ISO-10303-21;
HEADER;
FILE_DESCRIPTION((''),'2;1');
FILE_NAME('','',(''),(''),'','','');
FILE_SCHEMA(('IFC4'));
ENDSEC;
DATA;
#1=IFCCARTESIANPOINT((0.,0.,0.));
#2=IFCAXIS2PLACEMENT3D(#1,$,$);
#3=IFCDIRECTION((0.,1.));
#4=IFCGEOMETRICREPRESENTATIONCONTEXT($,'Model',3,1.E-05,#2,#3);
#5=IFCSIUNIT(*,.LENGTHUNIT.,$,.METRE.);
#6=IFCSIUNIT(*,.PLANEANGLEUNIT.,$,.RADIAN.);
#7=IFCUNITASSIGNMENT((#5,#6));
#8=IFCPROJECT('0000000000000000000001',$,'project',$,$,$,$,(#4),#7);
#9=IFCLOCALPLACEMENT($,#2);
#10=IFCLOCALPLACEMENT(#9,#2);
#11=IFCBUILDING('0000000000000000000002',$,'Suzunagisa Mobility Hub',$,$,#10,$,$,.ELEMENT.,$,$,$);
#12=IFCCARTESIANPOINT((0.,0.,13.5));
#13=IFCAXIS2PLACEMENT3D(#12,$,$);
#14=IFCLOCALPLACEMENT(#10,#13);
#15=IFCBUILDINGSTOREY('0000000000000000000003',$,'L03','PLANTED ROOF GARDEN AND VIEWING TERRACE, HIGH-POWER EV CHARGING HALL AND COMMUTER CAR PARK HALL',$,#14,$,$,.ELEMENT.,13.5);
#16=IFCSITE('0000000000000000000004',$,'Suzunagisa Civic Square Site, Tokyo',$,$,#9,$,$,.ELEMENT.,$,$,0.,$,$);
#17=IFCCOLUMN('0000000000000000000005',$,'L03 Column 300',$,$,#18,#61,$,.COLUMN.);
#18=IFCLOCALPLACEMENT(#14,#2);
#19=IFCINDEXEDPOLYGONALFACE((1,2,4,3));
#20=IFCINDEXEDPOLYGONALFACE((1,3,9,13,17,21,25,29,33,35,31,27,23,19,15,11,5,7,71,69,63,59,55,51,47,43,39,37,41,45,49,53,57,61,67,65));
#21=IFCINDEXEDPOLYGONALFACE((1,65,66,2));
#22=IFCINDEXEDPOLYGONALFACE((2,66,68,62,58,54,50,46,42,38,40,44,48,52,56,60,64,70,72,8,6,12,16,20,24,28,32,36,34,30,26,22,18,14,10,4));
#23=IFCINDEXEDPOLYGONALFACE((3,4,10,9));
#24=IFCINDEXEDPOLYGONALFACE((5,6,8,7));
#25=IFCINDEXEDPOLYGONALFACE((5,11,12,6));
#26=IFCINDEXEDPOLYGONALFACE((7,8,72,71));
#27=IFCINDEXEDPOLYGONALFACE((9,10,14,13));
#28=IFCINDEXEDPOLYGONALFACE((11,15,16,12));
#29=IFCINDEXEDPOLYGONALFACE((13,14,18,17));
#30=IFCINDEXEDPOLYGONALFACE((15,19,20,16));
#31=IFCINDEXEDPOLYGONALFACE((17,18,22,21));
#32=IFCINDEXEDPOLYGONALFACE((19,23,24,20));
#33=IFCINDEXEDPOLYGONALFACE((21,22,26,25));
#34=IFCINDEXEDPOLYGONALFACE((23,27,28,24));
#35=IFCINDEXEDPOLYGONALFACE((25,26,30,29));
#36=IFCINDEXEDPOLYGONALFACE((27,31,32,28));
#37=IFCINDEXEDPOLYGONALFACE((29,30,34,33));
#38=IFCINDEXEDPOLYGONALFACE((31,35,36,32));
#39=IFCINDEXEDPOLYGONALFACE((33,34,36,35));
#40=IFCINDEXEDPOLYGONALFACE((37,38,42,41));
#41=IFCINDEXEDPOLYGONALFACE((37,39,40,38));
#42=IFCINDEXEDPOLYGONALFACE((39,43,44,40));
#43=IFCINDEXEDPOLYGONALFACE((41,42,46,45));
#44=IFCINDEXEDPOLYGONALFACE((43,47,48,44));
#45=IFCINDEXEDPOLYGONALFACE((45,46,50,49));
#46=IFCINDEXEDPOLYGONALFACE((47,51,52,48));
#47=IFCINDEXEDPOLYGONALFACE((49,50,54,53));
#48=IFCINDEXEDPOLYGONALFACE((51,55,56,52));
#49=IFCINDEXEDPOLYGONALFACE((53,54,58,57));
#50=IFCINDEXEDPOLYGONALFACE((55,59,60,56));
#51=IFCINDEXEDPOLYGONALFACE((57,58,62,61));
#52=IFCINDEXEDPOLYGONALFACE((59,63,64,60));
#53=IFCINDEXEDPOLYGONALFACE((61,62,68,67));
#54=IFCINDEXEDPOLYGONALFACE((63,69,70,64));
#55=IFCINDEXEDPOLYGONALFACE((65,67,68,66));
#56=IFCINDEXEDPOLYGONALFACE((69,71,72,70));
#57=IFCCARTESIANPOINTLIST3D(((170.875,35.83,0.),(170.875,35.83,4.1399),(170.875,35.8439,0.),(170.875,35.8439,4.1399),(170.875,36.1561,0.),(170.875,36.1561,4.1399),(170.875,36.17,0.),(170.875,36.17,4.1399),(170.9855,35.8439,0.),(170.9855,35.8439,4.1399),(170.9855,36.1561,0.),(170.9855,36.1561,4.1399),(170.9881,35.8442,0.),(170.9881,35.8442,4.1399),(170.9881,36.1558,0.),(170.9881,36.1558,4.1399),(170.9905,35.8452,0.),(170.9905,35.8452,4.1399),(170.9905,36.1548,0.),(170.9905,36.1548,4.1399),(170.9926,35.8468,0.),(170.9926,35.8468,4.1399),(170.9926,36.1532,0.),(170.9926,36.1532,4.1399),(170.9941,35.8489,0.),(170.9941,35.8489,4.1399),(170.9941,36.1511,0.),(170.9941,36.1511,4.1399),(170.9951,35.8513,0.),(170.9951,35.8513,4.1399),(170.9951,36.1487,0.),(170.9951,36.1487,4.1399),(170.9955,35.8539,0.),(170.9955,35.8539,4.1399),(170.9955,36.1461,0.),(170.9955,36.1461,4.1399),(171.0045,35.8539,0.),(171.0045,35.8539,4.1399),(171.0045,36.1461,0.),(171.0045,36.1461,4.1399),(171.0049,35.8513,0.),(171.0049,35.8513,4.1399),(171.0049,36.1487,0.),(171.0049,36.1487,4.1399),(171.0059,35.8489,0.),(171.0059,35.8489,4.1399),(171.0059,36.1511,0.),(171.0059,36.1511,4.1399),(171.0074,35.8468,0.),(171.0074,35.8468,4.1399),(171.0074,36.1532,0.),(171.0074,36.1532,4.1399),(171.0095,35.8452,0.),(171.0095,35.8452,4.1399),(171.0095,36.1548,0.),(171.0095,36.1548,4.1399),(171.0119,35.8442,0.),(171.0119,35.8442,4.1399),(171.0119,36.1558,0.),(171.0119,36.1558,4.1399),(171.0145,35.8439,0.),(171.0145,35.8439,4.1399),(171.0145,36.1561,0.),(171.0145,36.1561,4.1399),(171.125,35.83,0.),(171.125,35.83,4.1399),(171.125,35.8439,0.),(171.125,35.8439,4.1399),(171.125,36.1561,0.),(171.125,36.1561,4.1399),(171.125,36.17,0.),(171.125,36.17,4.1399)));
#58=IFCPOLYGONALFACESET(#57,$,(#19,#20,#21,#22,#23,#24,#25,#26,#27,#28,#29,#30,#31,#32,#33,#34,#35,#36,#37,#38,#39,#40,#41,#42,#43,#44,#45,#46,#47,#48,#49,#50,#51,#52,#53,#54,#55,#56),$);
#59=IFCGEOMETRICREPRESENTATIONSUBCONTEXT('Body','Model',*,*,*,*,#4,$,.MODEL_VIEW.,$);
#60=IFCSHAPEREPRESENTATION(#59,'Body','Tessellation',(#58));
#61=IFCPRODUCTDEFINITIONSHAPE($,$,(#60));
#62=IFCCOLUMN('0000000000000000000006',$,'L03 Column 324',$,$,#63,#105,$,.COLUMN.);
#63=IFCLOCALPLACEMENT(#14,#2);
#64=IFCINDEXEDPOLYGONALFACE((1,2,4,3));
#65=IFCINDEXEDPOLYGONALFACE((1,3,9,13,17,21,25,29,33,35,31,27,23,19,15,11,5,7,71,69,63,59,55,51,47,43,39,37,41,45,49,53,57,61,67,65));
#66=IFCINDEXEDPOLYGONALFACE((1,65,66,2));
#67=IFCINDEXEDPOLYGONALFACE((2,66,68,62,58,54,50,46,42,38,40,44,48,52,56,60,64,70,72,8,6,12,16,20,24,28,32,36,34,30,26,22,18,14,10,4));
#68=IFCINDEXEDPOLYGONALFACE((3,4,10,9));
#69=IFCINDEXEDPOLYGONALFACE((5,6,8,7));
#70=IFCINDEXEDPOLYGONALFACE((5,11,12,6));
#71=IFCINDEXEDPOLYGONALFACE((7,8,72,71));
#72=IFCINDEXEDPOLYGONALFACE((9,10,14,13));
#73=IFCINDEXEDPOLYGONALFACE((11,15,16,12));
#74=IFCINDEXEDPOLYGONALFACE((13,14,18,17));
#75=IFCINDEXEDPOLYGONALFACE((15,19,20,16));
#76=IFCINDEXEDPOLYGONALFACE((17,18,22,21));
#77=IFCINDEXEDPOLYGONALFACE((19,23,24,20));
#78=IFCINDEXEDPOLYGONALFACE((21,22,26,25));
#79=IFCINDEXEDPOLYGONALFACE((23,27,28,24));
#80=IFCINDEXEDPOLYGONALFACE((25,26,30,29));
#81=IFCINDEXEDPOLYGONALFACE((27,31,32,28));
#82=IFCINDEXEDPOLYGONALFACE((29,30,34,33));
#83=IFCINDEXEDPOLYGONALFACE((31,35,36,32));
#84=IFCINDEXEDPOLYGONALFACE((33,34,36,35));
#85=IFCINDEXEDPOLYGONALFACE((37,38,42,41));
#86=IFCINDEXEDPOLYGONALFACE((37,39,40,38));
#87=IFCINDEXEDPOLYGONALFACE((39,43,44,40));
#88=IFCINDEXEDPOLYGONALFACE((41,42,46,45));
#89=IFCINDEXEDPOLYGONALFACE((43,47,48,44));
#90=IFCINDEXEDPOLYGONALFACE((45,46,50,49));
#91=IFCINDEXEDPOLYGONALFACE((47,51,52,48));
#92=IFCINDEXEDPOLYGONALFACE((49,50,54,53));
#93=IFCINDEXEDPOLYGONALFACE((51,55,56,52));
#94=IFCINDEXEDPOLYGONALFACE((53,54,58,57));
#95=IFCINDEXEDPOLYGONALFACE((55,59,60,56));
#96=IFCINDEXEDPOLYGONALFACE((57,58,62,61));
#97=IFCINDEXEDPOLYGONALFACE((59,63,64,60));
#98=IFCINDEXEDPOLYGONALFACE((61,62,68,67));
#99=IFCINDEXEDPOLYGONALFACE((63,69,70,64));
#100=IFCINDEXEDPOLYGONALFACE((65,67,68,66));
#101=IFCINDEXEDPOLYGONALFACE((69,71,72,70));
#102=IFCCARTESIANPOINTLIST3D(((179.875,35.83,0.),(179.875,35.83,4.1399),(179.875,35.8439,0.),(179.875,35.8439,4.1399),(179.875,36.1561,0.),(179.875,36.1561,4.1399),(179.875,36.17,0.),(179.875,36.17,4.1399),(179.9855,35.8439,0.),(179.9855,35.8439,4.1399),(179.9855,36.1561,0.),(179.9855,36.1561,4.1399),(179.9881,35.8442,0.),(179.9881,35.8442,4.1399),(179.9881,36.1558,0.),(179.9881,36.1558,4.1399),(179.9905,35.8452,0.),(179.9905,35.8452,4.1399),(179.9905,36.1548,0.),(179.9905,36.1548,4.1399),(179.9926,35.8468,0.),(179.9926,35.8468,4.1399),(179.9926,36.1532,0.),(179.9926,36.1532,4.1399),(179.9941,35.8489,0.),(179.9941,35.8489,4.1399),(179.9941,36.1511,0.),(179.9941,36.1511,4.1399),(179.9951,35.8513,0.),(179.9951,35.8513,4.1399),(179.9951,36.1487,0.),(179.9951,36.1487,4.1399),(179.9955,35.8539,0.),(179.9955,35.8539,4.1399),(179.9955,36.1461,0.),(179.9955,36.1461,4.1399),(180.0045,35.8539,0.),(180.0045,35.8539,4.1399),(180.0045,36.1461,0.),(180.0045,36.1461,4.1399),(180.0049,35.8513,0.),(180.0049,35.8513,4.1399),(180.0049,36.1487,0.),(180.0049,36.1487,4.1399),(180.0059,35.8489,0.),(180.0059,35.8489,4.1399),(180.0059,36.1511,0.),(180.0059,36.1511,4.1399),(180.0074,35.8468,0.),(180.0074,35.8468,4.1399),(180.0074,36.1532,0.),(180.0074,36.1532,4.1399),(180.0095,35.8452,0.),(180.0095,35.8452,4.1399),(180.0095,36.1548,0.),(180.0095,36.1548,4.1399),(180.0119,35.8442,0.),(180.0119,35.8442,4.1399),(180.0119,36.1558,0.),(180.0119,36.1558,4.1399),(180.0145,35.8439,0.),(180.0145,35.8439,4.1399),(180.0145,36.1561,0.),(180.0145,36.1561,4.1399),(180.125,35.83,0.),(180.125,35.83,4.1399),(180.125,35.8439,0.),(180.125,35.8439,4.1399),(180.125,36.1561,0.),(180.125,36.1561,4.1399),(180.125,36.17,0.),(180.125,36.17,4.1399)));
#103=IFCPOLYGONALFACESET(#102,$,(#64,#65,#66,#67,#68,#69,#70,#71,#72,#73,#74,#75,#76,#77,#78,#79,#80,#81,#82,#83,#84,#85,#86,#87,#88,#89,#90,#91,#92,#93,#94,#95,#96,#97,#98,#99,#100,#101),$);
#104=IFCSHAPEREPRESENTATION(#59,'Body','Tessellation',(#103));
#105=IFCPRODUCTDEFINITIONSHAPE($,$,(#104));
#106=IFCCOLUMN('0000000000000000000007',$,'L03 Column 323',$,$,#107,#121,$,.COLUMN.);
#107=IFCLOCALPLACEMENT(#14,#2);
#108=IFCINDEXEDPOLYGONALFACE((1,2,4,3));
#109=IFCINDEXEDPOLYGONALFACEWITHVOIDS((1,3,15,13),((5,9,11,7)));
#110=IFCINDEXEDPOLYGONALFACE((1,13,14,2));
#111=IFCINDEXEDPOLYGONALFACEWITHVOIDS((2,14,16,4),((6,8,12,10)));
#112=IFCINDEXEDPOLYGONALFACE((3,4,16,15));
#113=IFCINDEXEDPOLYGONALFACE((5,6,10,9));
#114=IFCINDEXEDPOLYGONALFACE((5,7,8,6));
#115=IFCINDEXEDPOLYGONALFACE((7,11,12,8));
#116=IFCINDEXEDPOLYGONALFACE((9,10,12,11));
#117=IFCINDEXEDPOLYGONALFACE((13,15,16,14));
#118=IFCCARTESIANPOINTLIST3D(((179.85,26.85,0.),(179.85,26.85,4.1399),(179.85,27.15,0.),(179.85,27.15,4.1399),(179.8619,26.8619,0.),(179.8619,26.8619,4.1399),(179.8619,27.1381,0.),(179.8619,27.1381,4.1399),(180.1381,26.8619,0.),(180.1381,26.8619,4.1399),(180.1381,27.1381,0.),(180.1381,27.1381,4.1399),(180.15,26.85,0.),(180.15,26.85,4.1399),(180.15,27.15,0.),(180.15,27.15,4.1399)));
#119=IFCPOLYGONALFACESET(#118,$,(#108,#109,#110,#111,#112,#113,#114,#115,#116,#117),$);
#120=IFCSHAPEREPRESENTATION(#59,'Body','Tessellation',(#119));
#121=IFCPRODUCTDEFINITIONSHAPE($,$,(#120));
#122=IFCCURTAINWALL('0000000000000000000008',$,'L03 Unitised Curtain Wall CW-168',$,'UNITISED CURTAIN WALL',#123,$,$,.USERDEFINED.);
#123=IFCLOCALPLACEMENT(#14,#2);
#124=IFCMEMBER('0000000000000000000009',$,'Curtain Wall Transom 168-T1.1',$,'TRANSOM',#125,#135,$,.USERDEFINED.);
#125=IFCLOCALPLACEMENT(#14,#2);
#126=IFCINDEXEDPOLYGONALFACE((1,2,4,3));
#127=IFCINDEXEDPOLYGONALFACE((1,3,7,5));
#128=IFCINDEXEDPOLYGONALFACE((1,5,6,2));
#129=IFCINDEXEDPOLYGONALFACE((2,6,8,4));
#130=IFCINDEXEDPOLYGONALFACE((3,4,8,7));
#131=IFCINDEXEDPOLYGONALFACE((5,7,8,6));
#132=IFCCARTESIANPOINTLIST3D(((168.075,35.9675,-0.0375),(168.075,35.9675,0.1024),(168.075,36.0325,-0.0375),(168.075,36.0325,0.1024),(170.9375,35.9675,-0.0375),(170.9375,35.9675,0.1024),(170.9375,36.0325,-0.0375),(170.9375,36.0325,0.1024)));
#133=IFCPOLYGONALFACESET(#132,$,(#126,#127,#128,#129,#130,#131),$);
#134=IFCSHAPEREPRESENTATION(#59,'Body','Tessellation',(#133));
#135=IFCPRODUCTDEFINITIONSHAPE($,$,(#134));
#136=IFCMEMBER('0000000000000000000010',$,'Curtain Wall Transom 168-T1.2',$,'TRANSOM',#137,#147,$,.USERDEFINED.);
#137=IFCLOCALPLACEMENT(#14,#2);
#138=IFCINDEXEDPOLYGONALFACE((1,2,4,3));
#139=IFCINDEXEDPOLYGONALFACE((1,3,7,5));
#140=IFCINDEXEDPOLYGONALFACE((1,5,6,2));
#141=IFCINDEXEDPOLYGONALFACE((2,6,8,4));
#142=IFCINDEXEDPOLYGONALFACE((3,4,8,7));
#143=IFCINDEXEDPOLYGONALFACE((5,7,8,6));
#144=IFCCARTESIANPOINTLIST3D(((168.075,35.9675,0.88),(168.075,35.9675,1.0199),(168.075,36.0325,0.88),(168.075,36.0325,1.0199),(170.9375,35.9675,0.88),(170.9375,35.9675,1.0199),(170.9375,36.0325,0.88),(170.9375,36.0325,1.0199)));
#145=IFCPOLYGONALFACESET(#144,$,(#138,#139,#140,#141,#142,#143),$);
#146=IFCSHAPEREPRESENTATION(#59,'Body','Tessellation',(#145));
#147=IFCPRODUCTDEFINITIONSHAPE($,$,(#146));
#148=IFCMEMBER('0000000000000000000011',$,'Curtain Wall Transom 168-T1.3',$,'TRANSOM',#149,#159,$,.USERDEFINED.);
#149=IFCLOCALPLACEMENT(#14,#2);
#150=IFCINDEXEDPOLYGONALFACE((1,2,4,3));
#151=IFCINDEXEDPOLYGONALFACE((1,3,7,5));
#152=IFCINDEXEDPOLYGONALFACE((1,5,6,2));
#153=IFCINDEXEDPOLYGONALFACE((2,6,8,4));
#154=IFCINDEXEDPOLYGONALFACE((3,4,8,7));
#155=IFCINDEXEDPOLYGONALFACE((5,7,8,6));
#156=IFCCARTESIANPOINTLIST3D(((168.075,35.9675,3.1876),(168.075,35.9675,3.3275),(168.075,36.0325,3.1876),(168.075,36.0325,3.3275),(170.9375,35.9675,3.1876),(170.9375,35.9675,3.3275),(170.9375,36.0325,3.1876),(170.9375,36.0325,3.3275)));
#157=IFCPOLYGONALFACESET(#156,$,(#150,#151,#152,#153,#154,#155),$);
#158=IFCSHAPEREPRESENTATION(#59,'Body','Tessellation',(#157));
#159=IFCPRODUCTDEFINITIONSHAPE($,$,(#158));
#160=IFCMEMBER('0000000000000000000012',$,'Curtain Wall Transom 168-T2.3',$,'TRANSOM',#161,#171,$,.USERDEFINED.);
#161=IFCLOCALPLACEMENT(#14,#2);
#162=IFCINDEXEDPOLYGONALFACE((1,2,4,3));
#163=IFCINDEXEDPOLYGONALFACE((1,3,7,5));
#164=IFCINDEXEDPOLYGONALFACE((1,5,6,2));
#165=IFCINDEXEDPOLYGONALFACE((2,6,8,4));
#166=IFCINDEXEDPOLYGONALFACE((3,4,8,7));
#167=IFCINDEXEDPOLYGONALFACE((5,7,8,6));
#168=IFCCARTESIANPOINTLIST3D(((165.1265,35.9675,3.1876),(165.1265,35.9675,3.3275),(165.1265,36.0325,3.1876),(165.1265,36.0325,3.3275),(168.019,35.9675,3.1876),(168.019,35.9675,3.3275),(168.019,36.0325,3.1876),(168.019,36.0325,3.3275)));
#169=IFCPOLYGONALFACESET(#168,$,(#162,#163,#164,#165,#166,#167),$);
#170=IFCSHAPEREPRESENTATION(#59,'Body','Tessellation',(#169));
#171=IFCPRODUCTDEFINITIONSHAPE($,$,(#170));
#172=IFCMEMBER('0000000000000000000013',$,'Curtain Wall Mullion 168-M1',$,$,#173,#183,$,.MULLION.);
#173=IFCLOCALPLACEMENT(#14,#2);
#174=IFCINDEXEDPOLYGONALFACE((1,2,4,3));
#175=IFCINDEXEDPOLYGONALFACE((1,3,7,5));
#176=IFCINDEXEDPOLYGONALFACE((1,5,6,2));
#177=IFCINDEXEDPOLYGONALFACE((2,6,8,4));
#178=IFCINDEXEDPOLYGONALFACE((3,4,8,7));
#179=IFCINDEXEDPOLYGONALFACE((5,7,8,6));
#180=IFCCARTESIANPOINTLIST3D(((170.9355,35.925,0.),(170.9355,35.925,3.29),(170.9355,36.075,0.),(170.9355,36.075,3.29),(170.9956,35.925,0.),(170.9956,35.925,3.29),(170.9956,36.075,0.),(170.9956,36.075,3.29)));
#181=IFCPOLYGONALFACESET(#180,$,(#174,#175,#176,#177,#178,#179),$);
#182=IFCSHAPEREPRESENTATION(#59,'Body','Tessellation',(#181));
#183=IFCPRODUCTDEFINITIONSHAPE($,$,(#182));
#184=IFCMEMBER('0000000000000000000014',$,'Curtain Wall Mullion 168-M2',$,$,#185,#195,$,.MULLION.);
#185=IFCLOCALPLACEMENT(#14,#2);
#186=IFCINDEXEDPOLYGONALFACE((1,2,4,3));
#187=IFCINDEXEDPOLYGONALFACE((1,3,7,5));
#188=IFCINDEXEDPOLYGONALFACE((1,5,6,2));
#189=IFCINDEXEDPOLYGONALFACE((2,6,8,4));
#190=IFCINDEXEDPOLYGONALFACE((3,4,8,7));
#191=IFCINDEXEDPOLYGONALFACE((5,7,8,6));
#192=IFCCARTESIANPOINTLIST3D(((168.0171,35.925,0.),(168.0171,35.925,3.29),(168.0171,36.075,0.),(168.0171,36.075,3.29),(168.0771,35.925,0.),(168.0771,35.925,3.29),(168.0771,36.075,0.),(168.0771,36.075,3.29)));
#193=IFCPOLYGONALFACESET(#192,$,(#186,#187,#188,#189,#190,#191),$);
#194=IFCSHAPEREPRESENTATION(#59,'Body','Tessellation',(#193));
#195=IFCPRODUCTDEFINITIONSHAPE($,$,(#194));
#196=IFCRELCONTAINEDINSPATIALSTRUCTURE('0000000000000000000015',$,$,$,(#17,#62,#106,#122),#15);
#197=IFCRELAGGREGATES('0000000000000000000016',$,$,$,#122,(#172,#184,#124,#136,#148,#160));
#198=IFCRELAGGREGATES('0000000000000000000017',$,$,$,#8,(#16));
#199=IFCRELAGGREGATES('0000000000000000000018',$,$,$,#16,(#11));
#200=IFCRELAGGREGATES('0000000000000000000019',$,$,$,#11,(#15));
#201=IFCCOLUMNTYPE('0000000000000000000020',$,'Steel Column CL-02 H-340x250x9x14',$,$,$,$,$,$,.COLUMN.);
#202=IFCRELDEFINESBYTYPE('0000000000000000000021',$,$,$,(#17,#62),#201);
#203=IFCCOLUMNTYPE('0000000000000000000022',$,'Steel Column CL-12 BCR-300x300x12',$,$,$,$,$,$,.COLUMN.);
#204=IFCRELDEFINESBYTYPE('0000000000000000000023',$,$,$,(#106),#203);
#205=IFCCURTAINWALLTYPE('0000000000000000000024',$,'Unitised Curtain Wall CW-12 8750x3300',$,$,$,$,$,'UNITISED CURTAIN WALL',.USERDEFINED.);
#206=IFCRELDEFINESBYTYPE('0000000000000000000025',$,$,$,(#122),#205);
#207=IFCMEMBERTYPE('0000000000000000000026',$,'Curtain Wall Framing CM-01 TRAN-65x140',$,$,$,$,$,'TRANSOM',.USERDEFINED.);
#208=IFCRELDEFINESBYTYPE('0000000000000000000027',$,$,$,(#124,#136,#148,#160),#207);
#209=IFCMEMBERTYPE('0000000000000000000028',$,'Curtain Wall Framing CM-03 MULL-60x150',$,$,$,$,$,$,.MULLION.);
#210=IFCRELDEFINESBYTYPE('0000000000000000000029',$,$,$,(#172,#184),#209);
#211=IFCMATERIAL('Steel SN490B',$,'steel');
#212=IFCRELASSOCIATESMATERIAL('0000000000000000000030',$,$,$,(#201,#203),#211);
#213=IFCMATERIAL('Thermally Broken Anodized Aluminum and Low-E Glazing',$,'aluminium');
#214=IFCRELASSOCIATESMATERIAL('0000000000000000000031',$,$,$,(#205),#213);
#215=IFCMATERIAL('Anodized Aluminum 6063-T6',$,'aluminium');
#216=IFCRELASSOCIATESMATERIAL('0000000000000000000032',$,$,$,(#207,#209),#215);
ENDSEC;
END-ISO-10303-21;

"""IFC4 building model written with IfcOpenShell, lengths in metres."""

from ifc_helpers import new_model, si_unit, direction, frame, origin, origin_2d, place, context, subcontext, project, spatial, rectangle, hollow_rectangle, i_section, extrude, material, material_profile, profile_set, type_object, element, aggregate, save


model = new_model("IFC4")

# Units and contexts
model_context = context("Model", 3, precision=1e-05, world=origin(), true_north=direction((0.0, 1.0)))
body_context = subcontext(model_context, "Body", "Model", "MODEL_VIEW")
ifc_project = project(units=[si_unit("LENGTHUNIT", "METRE"), si_unit("PLANEANGLEUNIT", "RADIAN")], contexts=[model_context])

# Site, building, storey
site_placement = place(None, origin())
site = spatial("IfcSite", under=ifc_project, at=site_placement, Name="Suzunagisa Civic Square Site, Tokyo", CompositionType="ELEMENT", RefElevation=0.0)
building_placement = place(site_placement, origin())
building = spatial("IfcBuilding", under=site, at=building_placement, Name="Suzunagisa Mobility Hub", CompositionType="ELEMENT")
storey_placement = place(building_placement, frame((0.0, 0.0, 13.5)))
storey = spatial("IfcBuildingStorey", under=building, at=storey_placement, Name="L03", Description="PLANTED ROOF GARDEN AND VIEWING TERRACE, HIGH-POWER EV CHARGING HALL AND COMMUTER CAR PARK HALL", CompositionType="ELEMENT", Elevation=13.5)

# Columns
ifc_material_1 = material(Name="Steel SN490B", Category="steel")
ifc_material_profile_1 = material_profile(ifc_material_1, i_section(OverallWidth=0.25, OverallDepth=0.3401, WebThickness=0.009, FlangeThickness=0.0139, FilletRadius=0.01, at=origin_2d()), Name="H-340x250x9x14")
ifc_profile_set_1 = profile_set([ifc_material_profile_1], Name="Steel SN490B")
column_type_1 = type_object("IfcColumnType", Name="Steel Column CL-02 H-340x250x9x14", PredefinedType="COLUMN", material=ifc_profile_set_1)
for number, where, z_axis, x_axis, name in (
    (1, (171.0, 36.0, 0.0), (0.0, 0.0, 1.0), (1.0, 0.0, 0.0), "L03 Column 300"),
    (2, (180.0, 36.0, 0.0), (0.0, 0.0, 1.0), (1.0, 0.0, 0.0), "L03 Column 324"),
):
    element("IfcColumn", number, at=place(storey_placement, frame(where, z_axis=z_axis, x_axis=x_axis)), inside=storey, type_object=column_type_1, Name=name, PredefinedType="COLUMN", context=body_context, shape_type="SweptSolid", body=[
        extrude(i_section(OverallWidth=0.25, OverallDepth=0.3401, WebThickness=0.009, FlangeThickness=0.0139, FilletRadius=0.01, at=origin_2d()), origin(), (0.0, 0.0, 1.0), 4.1399),
    ])
ifc_material_profile_2 = material_profile(ifc_material_1, hollow_rectangle(XDim=0.3, YDim=0.3, WallThickness=0.012, at=origin_2d()), Name="BCR-300x300x12")
ifc_profile_set_2 = profile_set([ifc_material_profile_2], Name="Steel SN490B")
column_type_2 = type_object("IfcColumnType", Name="Steel Column CL-12 BCR-300x300x12", PredefinedType="COLUMN", material=ifc_profile_set_2)
column_placement = place(storey_placement, frame((180.0, 27.0, 0.0), z_axis=(0.0, 0.0, 1.0), x_axis=(1.0, 0.0, 0.0)))
element("IfcColumn", 3, at=column_placement, inside=storey, type_object=column_type_2, Name="L03 Column 323", PredefinedType="COLUMN", context=body_context, shape_type="SweptSolid", body=[
    extrude(hollow_rectangle(XDim=0.3, YDim=0.3, WallThickness=0.012, at=origin_2d()), origin(), (0.0, 0.0, 1.0), 4.1399),
])

# Curtain wall, members
ifc_material_2 = material(Name="Thermally Broken Anodized Aluminum and Low-E Glazing", Category="aluminium")
curtain_wall_type = type_object("IfcCurtainWallType", Name="Unitised Curtain Wall CW-12 8750x3300", ElementType="UNITISED CURTAIN WALL", PredefinedType="USERDEFINED", material=ifc_material_2)
curtain_wall_placement = place(storey_placement, origin())
curtain_wall = element("IfcCurtainWall", 4, at=curtain_wall_placement, inside=storey, type_object=curtain_wall_type, Name="L03 Unitised Curtain Wall CW-168", ObjectType="UNITISED CURTAIN WALL", PredefinedType="USERDEFINED")
ifc_material_3 = material(Name="Anodized Aluminum 6063-T6", Category="aluminium")
ifc_material_profile_3 = material_profile(ifc_material_3, rectangle(XDim=0.0649, YDim=0.1399, at=origin_2d()), Name="TRAN-65x140")
ifc_profile_set_3 = profile_set([ifc_material_profile_3], Name="Anodized Aluminum 6063-T6")
member_type_1 = type_object("IfcMemberType", Name="Curtain Wall Framing CM-01 TRAN-65x140", ElementType="TRANSOM", PredefinedType="USERDEFINED", material=ifc_profile_set_3)
member_1_placement = place(storey_placement, frame((170.9375, 36.0, 0.0325), z_axis=(-1.0, 0.0, 0.0), x_axis=(0.0, -1.0, 0.0)))
member_1 = element("IfcMember", 5, at=member_1_placement, type_object=member_type_1, Name="Curtain Wall Transom 168-T1.1", ObjectType="TRANSOM", PredefinedType="USERDEFINED", context=body_context, shape_type="SweptSolid", body=[
    extrude(rectangle(XDim=0.0649, YDim=0.1399, at=origin_2d()), origin(), (0.0, 0.0, 1.0), 2.8625),
])
member_2_placement = place(storey_placement, frame((170.9375, 36.0, 0.95), z_axis=(-1.0, 0.0, 0.0), x_axis=(0.0, -1.0, 0.0)))
member_2 = element("IfcMember", 6, at=member_2_placement, type_object=member_type_1, Name="Curtain Wall Transom 168-T1.2", ObjectType="TRANSOM", PredefinedType="USERDEFINED", context=body_context, shape_type="SweptSolid", body=[
    extrude(rectangle(XDim=0.0649, YDim=0.1399, at=origin_2d()), origin(), (0.0, 0.0, 1.0), 2.8625),
])
member_3_placement = place(storey_placement, frame((170.9375, 36.0, 3.2576), z_axis=(-1.0, 0.0, 0.0), x_axis=(0.0, -1.0, 0.0)))
member_3 = element("IfcMember", 7, at=member_3_placement, type_object=member_type_1, Name="Curtain Wall Transom 168-T1.3", ObjectType="TRANSOM", PredefinedType="USERDEFINED", context=body_context, shape_type="SweptSolid", body=[
    extrude(rectangle(XDim=0.0649, YDim=0.1399, at=origin_2d()), origin(), (0.0, 0.0, 1.0), 2.8625),
])
member_4_placement = place(storey_placement, frame((168.019, 36.0, 3.2576), z_axis=(-1.0, 0.0, 0.0), x_axis=(0.0, -1.0, 0.0)))
member_4 = element("IfcMember", 8, at=member_4_placement, type_object=member_type_1, Name="Curtain Wall Transom 168-T2.3", ObjectType="TRANSOM", PredefinedType="USERDEFINED", context=body_context, shape_type="SweptSolid", body=[
    extrude(rectangle(XDim=0.0649, YDim=0.1399, at=origin_2d()), origin(), (0.0, 0.0, 1.0), 2.8926),
])
ifc_material_profile_4 = material_profile(ifc_material_3, rectangle(XDim=0.0601, YDim=0.1499, at=origin_2d()), Name="MULL-60x150")
ifc_profile_set_4 = profile_set([ifc_material_profile_4], Name="Anodized Aluminum 6063-T6")
member_type_2 = type_object("IfcMemberType", Name="Curtain Wall Framing CM-03 MULL-60x150", PredefinedType="MULLION", material=ifc_profile_set_4)
member_5_placement = place(storey_placement, frame((170.9656, 36.0, 0.0), z_axis=(0.0, 0.0, 1.0), x_axis=(-1.0, 0.0, 0.0)))
member_5 = element("IfcMember", 9, at=member_5_placement, type_object=member_type_2, Name="Curtain Wall Mullion 168-M1", PredefinedType="MULLION", context=body_context, shape_type="SweptSolid", body=[
    extrude(rectangle(XDim=0.0601, YDim=0.1499, at=origin_2d()), origin(), (0.0, 0.0, 1.0), 3.29),
])
member_6_placement = place(storey_placement, frame((168.0471, 36.0, 0.0), z_axis=(0.0, 0.0, 1.0), x_axis=(-1.0, 0.0, 0.0)))
member_6 = element("IfcMember", 10, at=member_6_placement, type_object=member_type_2, Name="Curtain Wall Mullion 168-M2", PredefinedType="MULLION", context=body_context, shape_type="SweptSolid", body=[
    extrude(rectangle(XDim=0.0601, YDim=0.1499, at=origin_2d()), origin(), (0.0, 0.0, 1.0), 3.29),
])

aggregate(curtain_wall, [member_5, member_6, member_1, member_2, member_3, member_4])

save(model, "model.ifc")
